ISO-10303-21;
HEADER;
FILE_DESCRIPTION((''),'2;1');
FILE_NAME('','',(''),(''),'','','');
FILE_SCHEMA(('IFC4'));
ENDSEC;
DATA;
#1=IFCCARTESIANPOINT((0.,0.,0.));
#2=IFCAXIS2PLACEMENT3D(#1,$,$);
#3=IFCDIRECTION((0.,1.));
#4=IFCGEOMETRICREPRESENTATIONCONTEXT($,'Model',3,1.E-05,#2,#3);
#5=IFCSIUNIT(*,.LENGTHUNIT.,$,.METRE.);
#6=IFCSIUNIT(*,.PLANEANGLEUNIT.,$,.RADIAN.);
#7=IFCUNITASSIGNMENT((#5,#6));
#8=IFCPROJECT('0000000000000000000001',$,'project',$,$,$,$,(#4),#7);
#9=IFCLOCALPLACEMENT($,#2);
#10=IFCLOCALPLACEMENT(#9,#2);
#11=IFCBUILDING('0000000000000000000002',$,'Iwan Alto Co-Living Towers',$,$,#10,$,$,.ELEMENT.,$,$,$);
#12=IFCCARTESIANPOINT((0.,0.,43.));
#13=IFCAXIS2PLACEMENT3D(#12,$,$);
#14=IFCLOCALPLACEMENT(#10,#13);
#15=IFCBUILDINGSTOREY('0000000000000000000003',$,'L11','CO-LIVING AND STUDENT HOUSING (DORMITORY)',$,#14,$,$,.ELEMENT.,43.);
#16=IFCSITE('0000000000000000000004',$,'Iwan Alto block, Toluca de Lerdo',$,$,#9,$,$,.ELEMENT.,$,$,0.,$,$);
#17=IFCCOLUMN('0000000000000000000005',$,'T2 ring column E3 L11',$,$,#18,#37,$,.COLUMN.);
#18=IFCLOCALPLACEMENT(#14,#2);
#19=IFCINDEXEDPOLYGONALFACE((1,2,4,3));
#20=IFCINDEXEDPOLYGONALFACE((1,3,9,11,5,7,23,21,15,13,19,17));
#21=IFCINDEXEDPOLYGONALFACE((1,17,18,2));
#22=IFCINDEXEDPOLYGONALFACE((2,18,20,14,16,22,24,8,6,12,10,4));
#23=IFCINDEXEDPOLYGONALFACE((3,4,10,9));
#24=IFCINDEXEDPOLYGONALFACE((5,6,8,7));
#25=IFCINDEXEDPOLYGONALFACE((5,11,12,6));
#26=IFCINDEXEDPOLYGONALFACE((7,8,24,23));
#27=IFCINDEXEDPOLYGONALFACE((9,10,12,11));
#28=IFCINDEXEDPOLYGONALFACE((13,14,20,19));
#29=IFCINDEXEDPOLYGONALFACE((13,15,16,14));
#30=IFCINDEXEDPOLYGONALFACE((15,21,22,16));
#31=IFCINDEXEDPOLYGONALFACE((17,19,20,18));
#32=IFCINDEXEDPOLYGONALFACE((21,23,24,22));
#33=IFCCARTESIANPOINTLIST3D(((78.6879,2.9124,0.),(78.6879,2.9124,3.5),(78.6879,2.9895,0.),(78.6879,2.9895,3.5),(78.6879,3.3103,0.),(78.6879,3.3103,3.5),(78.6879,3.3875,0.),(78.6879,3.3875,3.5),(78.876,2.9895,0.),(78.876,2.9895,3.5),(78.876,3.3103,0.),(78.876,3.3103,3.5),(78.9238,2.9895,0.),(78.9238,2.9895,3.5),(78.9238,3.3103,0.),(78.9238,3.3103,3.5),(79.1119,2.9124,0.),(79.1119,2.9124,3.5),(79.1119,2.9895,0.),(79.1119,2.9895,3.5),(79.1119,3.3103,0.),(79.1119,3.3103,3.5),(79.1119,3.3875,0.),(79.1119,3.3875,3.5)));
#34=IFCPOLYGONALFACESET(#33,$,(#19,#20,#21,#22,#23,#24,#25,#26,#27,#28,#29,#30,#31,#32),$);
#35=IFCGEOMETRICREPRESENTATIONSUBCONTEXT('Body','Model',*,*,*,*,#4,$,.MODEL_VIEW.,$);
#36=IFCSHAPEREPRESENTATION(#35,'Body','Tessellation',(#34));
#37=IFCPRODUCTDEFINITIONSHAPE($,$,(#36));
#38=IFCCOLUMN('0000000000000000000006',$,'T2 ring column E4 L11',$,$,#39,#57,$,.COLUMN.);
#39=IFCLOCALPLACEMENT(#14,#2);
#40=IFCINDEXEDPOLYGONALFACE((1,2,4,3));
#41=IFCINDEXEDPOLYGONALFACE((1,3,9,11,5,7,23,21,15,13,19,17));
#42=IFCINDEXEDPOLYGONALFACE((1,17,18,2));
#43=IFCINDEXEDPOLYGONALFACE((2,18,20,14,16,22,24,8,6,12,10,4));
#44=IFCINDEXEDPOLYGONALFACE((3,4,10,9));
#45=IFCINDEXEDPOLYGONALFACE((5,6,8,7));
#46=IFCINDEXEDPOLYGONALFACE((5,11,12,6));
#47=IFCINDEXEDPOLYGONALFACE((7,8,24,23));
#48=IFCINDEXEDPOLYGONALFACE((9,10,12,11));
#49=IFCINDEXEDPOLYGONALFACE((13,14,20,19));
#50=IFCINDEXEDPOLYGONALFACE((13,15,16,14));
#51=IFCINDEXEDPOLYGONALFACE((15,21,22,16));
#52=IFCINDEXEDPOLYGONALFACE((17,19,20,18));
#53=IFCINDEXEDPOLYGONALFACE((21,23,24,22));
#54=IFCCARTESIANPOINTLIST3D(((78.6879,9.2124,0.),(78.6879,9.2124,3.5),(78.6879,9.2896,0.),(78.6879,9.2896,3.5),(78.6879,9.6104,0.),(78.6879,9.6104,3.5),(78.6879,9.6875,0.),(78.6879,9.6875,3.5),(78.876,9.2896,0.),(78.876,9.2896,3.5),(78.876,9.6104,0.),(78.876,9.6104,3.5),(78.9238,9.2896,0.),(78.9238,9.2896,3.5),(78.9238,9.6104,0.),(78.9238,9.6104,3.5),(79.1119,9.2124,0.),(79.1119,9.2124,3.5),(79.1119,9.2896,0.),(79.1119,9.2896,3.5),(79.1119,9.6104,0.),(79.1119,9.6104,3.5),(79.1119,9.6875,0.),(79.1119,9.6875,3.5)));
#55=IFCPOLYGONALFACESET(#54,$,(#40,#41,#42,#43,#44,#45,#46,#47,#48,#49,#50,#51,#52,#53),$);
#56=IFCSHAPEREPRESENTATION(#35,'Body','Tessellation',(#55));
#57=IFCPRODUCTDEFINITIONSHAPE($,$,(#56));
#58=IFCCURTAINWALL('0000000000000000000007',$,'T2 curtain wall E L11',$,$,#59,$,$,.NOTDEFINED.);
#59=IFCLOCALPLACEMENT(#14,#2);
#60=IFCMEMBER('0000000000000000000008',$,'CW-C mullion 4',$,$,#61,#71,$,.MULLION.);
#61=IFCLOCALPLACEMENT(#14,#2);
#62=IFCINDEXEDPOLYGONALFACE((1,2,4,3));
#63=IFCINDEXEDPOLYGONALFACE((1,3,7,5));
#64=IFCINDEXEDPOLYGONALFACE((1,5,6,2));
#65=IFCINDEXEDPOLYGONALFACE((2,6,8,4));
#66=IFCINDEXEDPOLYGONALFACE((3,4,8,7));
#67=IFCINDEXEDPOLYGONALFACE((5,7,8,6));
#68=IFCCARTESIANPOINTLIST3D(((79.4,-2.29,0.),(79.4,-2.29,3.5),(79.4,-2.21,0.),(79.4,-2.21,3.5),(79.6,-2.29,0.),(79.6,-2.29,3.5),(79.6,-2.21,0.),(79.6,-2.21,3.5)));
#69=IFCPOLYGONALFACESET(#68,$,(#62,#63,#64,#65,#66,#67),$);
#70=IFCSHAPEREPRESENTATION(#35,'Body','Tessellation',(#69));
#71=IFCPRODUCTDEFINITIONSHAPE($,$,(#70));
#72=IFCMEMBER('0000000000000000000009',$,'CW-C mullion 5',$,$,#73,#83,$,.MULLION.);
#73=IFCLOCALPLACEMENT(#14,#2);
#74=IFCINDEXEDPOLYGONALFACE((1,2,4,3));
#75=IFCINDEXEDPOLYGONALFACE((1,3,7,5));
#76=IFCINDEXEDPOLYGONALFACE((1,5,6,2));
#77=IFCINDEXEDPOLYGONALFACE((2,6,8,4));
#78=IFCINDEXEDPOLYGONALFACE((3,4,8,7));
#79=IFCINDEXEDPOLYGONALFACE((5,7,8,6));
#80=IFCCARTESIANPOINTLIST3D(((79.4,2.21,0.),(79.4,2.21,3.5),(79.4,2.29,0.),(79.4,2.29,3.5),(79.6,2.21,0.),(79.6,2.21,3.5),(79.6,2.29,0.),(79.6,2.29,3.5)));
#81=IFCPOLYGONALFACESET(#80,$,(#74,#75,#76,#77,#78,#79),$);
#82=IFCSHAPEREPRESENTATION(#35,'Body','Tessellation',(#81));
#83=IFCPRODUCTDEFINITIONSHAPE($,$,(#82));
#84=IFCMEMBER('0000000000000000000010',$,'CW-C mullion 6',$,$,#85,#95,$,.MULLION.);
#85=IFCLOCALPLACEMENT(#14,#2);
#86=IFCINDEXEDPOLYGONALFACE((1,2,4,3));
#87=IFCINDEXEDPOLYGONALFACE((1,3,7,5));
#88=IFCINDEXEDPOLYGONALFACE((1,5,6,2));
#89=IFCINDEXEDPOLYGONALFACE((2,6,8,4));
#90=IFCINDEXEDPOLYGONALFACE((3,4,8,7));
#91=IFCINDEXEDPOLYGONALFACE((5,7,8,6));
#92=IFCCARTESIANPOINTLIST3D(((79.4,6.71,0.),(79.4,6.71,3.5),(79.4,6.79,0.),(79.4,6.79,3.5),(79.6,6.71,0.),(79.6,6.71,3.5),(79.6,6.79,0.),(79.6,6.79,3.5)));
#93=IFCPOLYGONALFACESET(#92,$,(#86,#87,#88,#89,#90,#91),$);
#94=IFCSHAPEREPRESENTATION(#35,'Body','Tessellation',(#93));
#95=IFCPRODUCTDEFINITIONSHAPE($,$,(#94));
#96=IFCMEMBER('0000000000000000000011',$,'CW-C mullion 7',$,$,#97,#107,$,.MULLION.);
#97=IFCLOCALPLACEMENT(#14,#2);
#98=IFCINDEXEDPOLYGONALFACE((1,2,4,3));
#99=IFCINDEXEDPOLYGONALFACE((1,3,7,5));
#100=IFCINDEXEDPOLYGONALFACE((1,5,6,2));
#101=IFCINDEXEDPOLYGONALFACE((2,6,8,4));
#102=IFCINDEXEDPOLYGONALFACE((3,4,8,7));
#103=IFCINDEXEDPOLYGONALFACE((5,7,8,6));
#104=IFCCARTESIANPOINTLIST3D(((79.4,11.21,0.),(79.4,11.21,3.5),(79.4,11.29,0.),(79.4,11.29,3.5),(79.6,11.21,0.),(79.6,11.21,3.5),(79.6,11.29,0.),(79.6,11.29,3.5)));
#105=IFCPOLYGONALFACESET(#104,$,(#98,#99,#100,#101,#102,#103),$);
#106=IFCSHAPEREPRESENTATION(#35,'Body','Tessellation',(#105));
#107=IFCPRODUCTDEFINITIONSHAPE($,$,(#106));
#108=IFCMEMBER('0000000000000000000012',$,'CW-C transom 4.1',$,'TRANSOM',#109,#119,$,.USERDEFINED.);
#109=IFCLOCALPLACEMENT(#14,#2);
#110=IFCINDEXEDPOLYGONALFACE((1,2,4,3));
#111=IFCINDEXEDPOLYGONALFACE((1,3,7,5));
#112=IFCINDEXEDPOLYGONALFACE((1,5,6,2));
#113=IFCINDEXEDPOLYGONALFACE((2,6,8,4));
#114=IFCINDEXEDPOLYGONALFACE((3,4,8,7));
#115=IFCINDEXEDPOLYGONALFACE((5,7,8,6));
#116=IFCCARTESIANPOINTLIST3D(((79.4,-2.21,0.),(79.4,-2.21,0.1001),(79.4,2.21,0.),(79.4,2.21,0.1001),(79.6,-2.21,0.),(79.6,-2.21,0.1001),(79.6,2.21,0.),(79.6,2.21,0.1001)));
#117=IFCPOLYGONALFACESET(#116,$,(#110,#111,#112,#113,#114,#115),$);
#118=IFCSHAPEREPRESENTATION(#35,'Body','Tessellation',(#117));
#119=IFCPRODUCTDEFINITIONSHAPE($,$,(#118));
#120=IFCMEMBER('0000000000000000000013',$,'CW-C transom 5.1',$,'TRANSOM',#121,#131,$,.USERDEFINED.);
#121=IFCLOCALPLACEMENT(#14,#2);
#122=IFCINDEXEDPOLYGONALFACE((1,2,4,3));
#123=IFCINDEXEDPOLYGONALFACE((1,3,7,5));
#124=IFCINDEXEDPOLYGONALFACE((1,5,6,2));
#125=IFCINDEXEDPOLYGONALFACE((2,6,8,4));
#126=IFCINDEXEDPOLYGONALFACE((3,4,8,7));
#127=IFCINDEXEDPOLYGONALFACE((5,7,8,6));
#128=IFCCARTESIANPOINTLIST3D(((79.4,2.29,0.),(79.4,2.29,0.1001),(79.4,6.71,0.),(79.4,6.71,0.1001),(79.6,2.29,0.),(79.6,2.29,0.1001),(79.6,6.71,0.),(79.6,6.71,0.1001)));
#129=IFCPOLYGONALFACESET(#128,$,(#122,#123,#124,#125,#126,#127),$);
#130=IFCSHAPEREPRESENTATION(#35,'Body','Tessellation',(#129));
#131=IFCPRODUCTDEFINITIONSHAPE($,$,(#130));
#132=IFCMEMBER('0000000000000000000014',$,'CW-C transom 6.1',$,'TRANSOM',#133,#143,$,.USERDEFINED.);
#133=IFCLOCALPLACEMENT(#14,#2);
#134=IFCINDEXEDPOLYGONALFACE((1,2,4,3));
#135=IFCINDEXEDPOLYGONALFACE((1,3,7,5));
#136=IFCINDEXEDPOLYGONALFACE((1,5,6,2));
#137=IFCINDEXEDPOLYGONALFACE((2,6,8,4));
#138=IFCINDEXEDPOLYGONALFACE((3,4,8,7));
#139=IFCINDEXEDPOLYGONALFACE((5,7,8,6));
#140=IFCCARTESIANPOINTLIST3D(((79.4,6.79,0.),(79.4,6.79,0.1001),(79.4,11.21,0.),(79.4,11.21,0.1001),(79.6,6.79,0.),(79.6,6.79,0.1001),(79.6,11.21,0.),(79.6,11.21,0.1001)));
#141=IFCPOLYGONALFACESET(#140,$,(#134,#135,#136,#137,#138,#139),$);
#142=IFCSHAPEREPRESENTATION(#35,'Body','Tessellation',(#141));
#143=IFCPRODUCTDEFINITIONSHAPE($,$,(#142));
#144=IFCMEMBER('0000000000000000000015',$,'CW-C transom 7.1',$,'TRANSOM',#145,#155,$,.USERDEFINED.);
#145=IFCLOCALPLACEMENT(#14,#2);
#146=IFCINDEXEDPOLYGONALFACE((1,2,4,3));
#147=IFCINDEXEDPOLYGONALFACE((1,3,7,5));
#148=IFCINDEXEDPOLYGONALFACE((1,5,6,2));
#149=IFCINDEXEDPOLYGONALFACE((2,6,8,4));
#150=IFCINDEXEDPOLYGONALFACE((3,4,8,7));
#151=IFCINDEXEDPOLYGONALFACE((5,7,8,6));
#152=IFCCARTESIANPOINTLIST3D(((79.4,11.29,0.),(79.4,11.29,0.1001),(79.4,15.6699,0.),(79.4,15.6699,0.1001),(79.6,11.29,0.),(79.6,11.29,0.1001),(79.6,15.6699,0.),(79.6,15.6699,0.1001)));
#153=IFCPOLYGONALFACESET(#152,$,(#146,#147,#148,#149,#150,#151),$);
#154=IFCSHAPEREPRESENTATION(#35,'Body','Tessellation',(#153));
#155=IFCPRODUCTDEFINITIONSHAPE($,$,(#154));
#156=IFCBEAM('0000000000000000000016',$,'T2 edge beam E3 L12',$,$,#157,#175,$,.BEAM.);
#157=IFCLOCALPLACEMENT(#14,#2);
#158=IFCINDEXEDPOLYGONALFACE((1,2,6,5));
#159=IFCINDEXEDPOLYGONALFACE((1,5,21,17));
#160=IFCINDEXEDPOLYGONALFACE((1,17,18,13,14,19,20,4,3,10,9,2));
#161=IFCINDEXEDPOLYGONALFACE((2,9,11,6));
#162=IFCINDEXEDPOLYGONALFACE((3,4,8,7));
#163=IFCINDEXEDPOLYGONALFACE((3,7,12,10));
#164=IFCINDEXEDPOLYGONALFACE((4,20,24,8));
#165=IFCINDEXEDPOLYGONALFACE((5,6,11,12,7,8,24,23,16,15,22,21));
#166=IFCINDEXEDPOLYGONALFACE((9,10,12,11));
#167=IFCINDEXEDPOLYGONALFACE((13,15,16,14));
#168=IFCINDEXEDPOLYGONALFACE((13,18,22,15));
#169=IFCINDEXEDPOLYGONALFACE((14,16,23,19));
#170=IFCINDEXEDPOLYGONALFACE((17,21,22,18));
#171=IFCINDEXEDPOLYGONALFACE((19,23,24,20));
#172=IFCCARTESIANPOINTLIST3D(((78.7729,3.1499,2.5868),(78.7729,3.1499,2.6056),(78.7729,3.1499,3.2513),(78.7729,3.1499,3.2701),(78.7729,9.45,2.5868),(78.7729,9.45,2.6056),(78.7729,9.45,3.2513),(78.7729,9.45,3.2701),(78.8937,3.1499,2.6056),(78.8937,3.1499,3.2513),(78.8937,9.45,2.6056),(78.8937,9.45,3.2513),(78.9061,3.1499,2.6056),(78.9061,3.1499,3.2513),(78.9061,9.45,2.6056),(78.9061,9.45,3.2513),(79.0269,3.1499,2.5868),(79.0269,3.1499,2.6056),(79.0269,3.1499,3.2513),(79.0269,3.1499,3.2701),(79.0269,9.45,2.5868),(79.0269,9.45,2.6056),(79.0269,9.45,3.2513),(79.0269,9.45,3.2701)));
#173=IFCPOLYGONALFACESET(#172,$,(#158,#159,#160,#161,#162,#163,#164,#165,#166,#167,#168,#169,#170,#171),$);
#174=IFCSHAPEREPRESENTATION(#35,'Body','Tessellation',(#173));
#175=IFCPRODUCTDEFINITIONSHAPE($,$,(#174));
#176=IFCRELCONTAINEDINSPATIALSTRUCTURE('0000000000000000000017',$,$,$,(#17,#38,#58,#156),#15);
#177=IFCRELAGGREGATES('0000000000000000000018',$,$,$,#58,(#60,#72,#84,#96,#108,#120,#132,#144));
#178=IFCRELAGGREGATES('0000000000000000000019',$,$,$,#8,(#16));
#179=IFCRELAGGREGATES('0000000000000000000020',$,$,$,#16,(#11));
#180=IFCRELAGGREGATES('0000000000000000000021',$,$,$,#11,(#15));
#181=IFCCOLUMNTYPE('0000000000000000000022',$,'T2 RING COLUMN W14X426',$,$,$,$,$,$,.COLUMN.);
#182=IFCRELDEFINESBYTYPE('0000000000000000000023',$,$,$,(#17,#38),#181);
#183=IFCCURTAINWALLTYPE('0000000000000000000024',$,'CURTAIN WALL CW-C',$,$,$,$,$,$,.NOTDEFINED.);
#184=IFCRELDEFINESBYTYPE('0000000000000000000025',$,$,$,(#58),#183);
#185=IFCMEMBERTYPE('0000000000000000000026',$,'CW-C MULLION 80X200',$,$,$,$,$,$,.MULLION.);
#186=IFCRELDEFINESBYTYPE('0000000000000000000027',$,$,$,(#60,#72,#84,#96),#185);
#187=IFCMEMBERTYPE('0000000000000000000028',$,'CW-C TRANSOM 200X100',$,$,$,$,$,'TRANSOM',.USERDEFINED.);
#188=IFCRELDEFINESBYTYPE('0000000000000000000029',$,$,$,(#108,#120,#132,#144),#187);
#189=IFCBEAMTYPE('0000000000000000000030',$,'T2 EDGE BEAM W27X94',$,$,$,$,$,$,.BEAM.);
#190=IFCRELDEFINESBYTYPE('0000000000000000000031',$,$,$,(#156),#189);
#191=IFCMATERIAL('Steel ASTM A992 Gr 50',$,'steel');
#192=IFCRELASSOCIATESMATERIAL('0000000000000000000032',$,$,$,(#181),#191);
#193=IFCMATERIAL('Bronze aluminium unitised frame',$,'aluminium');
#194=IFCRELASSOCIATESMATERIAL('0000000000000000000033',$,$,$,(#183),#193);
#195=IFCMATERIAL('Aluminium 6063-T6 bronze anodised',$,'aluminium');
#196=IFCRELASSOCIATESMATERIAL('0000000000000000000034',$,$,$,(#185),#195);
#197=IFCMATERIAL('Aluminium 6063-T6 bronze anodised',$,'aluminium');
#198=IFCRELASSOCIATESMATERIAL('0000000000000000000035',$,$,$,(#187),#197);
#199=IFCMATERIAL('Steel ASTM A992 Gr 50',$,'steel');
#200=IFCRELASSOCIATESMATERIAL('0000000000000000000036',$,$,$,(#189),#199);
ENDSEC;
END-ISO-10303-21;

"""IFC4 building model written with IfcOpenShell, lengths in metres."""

from ifc_helpers import new_model, si_unit, direction, frame, origin, origin_2d, place, context, subcontext, project, spatial, rectangle, i_section, extrude, material, material_profile, profile_set, type_object, element, aggregate, save


model = new_model("IFC4")

# Units and contexts
model_context = context("Model", 3, precision=1e-05, world=origin(), true_north=direction((0.0, 1.0)))
body_context = subcontext(model_context, "Body", "Model", "MODEL_VIEW")
ifc_project = project(units=[si_unit("LENGTHUNIT", "METRE"), si_unit("PLANEANGLEUNIT", "RADIAN")], contexts=[model_context])

# Site, building, storey
site_placement = place(None, origin())
site = spatial("IfcSite", under=ifc_project, at=site_placement, Name="Iwan Alto block, Toluca de Lerdo", CompositionType="ELEMENT", RefElevation=0.0)
building_placement = place(site_placement, origin())
building = spatial("IfcBuilding", under=site, at=building_placement, Name="Iwan Alto Co-Living Towers", CompositionType="ELEMENT")
storey_placement = place(building_placement, frame((0.0, 0.0, 43.0)))
storey = spatial("IfcBuildingStorey", under=building, at=storey_placement, Name="L11", Description="CO-LIVING AND STUDENT HOUSING (DORMITORY)", CompositionType="ELEMENT", Elevation=43.0)

# Columns
ifc_material_1 = material(Name="Steel ASTM A992 Gr 50", Category="steel")
ifc_material_profile_1 = material_profile(ifc_material_1, i_section(OverallWidth=0.4241, OverallDepth=0.4751, WebThickness=0.0479, FlangeThickness=0.0771, at=origin_2d()), Name="W14X426")
ifc_profile_set_1 = profile_set([ifc_material_profile_1], Name="Steel ASTM A992 Gr 50")
column_type = type_object("IfcColumnType", Name="T2 RING COLUMN W14X426", PredefinedType="COLUMN", material=ifc_profile_set_1)
for number, where, z_axis, x_axis, name in (
    (1, (78.8999, 3.1499, 0.0), (0.0, 0.0, 1.0), (1.0, 0.0, 0.0), "T2 ring column E3 L11"),
    (2, (78.8999, 9.45, 0.0), (0.0, 0.0, 1.0), (1.0, 0.0, 0.0), "T2 ring column E4 L11"),
):
    element("IfcColumn", number, at=place(storey_placement, frame(where, z_axis=z_axis, x_axis=x_axis)), inside=storey, type_object=column_type, Name=name, PredefinedType="COLUMN", context=body_context, shape_type="SweptSolid", body=[
        extrude(i_section(OverallWidth=0.4241, OverallDepth=0.4751, WebThickness=0.0479, FlangeThickness=0.0771, at=origin_2d()), origin(), (0.0, 0.0, 1.0), 3.5),
    ])

# Curtain wall, members
ifc_material_2 = material(Name="Bronze aluminium unitised frame", Category="aluminium")
curtain_wall_type = type_object("IfcCurtainWallType", Name="CURTAIN WALL CW-C", PredefinedType="NOTDEFINED", material=ifc_material_2)
curtain_wall_placement = place(storey_placement, origin())
curtain_wall = element("IfcCurtainWall", 3, at=curtain_wall_placement, inside=storey, type_object=curtain_wall_type, Name="T2 curtain wall E L11", PredefinedType="NOTDEFINED")
ifc_material_3 = material(Name="Aluminium 6063-T6 bronze anodised", Category="aluminium")
ifc_material_profile_2 = material_profile(ifc_material_3, rectangle(XDim=0.2, YDim=0.0801, at=origin_2d()), Name="AL 80X200")
ifc_profile_set_2 = profile_set([ifc_material_profile_2], Name="Aluminium 6063-T6 bronze anodised")
member_type_1 = type_object("IfcMemberType", Name="CW-C MULLION 80X200", PredefinedType="MULLION", material=ifc_profile_set_2)
member_1_placement = place(storey_placement, frame((79.5, -2.25, 0.0), z_axis=(0.0, 0.0, 1.0), x_axis=(-1.0, 0.0, 0.0)))
member_1 = element("IfcMember", 4, at=member_1_placement, type_object=member_type_1, Name="CW-C mullion 4", PredefinedType="MULLION", context=body_context, shape_type="SweptSolid", body=[
    extrude(rectangle(XDim=0.2, YDim=0.0801, at=origin_2d()), origin(), (0.0, 0.0, 1.0), 3.5),
])
member_2_placement = place(storey_placement, frame((79.5, 2.25, 0.0), z_axis=(0.0, 0.0, 1.0), x_axis=(-1.0, 0.0, 0.0)))
member_2 = element("IfcMember", 5, at=member_2_placement, type_object=member_type_1, Name="CW-C mullion 5", PredefinedType="MULLION", context=body_context, shape_type="SweptSolid", body=[
    extrude(rectangle(XDim=0.2, YDim=0.0801, at=origin_2d()), origin(), (0.0, 0.0, 1.0), 3.5),
])
member_3_placement = place(storey_placement, frame((79.5, 6.75, 0.0), z_axis=(0.0, 0.0, 1.0), x_axis=(-1.0, 0.0, 0.0)))
member_3 = element("IfcMember", 6, at=member_3_placement, type_object=member_type_1, Name="CW-C mullion 6", PredefinedType="MULLION", context=body_context, shape_type="SweptSolid", body=[
    extrude(rectangle(XDim=0.2, YDim=0.0801, at=origin_2d()), origin(), (0.0, 0.0, 1.0), 3.5),
])
member_4_placement = place(storey_placement, frame((79.5, 11.25, 0.0), z_axis=(0.0, 0.0, 1.0), x_axis=(-1.0, 0.0, 0.0)))
member_4 = element("IfcMember", 7, at=member_4_placement, type_object=member_type_1, Name="CW-C mullion 7", PredefinedType="MULLION", context=body_context, shape_type="SweptSolid", body=[
    extrude(rectangle(XDim=0.2, YDim=0.0801, at=origin_2d()), origin(), (0.0, 0.0, 1.0), 3.5),
])
ifc_material_4 = material(Name="Aluminium 6063-T6 bronze anodised", Category="aluminium")
ifc_material_profile_3 = material_profile(ifc_material_4, rectangle(XDim=0.2, YDim=0.1001, at=origin_2d()), Name="AL 200X100")
ifc_profile_set_3 = profile_set([ifc_material_profile_3], Name="Aluminium 6063-T6 bronze anodised")
member_type_2 = type_object("IfcMemberType", Name="CW-C TRANSOM 200X100", ElementType="TRANSOM", PredefinedType="USERDEFINED", material=ifc_profile_set_3)
member_5_placement = place(storey_placement, frame((79.5, -2.21, 0.05), z_axis=(0.0, 1.0, 0.0), x_axis=(-1.0, 0.0, 0.0)))
member_5 = element("IfcMember", 8, at=member_5_placement, type_object=member_type_2, Name="CW-C transom 4.1", ObjectType="TRANSOM", PredefinedType="USERDEFINED", context=body_context, shape_type="SweptSolid", body=[
    extrude(rectangle(XDim=0.2, YDim=0.1001, at=origin_2d()), origin(), (0.0, 0.0, 1.0), 4.4199),
])
member_6_placement = place(storey_placement, frame((79.5, 2.29, 0.05), z_axis=(0.0, 1.0, 0.0), x_axis=(-1.0, 0.0, 0.0)))
member_6 = element("IfcMember", 9, at=member_6_placement, type_object=member_type_2, Name="CW-C transom 5.1", ObjectType="TRANSOM", PredefinedType="USERDEFINED", context=body_context, shape_type="SweptSolid", body=[
    extrude(rectangle(XDim=0.2, YDim=0.1001, at=origin_2d()), origin(), (0.0, 0.0, 1.0), 4.4199),
])
member_7_placement = place(storey_placement, frame((79.5, 6.79, 0.05), z_axis=(0.0, 1.0, 0.0), x_axis=(-1.0, 0.0, 0.0)))
member_7 = element("IfcMember", 10, at=member_7_placement, type_object=member_type_2, Name="CW-C transom 6.1", ObjectType="TRANSOM", PredefinedType="USERDEFINED", context=body_context, shape_type="SweptSolid", body=[
    extrude(rectangle(XDim=0.2, YDim=0.1001, at=origin_2d()), origin(), (0.0, 0.0, 1.0), 4.4199),
])
member_8_placement = place(storey_placement, frame((79.5, 11.29, 0.05), z_axis=(0.0, 1.0, 0.0), x_axis=(-1.0, 0.0, 0.0)))
member_8 = element("IfcMember", 11, at=member_8_placement, type_object=member_type_2, Name="CW-C transom 7.1", ObjectType="TRANSOM", PredefinedType="USERDEFINED", context=body_context, shape_type="SweptSolid", body=[
    extrude(rectangle(XDim=0.2, YDim=0.1001, at=origin_2d()), origin(), (0.0, 0.0, 1.0), 4.3799),
])

# Beam
ifc_material_5 = material(Name="Steel ASTM A992 Gr 50", Category="steel")
ifc_material_profile_4 = material_profile(ifc_material_5, i_section(OverallWidth=0.2539, OverallDepth=0.6833, WebThickness=0.0125, FlangeThickness=0.0188, at=origin_2d()), Name="W27X94")
ifc_profile_set_4 = profile_set([ifc_material_profile_4], Name="Steel ASTM A992 Gr 50")
beam_type_1 = type_object("IfcBeamType", Name="T2 EDGE BEAM W27X94", PredefinedType="BEAM", material=ifc_profile_set_4)
beam_1_placement = place(storey_placement, frame((78.8999, 3.1499, 2.9285), z_axis=(0.0, 1.0, 0.0), x_axis=(-1.0, 0.0, 0.0)))
element("IfcBeam", 12, at=beam_1_placement, inside=storey, type_object=beam_type_1, Name="T2 edge beam E3 L12", PredefinedType="BEAM", context=body_context, shape_type="SweptSolid", body=[
    extrude(i_section(OverallWidth=0.2539, OverallDepth=0.6833, WebThickness=0.0125, FlangeThickness=0.0188, at=origin_2d()), origin(), (0.0, 0.0, 1.0), 6.3),
])

aggregate(curtain_wall, [member_1, member_2, member_3, member_4, member_5, member_6, member_7, member_8])

save(model, "model.ifc")
